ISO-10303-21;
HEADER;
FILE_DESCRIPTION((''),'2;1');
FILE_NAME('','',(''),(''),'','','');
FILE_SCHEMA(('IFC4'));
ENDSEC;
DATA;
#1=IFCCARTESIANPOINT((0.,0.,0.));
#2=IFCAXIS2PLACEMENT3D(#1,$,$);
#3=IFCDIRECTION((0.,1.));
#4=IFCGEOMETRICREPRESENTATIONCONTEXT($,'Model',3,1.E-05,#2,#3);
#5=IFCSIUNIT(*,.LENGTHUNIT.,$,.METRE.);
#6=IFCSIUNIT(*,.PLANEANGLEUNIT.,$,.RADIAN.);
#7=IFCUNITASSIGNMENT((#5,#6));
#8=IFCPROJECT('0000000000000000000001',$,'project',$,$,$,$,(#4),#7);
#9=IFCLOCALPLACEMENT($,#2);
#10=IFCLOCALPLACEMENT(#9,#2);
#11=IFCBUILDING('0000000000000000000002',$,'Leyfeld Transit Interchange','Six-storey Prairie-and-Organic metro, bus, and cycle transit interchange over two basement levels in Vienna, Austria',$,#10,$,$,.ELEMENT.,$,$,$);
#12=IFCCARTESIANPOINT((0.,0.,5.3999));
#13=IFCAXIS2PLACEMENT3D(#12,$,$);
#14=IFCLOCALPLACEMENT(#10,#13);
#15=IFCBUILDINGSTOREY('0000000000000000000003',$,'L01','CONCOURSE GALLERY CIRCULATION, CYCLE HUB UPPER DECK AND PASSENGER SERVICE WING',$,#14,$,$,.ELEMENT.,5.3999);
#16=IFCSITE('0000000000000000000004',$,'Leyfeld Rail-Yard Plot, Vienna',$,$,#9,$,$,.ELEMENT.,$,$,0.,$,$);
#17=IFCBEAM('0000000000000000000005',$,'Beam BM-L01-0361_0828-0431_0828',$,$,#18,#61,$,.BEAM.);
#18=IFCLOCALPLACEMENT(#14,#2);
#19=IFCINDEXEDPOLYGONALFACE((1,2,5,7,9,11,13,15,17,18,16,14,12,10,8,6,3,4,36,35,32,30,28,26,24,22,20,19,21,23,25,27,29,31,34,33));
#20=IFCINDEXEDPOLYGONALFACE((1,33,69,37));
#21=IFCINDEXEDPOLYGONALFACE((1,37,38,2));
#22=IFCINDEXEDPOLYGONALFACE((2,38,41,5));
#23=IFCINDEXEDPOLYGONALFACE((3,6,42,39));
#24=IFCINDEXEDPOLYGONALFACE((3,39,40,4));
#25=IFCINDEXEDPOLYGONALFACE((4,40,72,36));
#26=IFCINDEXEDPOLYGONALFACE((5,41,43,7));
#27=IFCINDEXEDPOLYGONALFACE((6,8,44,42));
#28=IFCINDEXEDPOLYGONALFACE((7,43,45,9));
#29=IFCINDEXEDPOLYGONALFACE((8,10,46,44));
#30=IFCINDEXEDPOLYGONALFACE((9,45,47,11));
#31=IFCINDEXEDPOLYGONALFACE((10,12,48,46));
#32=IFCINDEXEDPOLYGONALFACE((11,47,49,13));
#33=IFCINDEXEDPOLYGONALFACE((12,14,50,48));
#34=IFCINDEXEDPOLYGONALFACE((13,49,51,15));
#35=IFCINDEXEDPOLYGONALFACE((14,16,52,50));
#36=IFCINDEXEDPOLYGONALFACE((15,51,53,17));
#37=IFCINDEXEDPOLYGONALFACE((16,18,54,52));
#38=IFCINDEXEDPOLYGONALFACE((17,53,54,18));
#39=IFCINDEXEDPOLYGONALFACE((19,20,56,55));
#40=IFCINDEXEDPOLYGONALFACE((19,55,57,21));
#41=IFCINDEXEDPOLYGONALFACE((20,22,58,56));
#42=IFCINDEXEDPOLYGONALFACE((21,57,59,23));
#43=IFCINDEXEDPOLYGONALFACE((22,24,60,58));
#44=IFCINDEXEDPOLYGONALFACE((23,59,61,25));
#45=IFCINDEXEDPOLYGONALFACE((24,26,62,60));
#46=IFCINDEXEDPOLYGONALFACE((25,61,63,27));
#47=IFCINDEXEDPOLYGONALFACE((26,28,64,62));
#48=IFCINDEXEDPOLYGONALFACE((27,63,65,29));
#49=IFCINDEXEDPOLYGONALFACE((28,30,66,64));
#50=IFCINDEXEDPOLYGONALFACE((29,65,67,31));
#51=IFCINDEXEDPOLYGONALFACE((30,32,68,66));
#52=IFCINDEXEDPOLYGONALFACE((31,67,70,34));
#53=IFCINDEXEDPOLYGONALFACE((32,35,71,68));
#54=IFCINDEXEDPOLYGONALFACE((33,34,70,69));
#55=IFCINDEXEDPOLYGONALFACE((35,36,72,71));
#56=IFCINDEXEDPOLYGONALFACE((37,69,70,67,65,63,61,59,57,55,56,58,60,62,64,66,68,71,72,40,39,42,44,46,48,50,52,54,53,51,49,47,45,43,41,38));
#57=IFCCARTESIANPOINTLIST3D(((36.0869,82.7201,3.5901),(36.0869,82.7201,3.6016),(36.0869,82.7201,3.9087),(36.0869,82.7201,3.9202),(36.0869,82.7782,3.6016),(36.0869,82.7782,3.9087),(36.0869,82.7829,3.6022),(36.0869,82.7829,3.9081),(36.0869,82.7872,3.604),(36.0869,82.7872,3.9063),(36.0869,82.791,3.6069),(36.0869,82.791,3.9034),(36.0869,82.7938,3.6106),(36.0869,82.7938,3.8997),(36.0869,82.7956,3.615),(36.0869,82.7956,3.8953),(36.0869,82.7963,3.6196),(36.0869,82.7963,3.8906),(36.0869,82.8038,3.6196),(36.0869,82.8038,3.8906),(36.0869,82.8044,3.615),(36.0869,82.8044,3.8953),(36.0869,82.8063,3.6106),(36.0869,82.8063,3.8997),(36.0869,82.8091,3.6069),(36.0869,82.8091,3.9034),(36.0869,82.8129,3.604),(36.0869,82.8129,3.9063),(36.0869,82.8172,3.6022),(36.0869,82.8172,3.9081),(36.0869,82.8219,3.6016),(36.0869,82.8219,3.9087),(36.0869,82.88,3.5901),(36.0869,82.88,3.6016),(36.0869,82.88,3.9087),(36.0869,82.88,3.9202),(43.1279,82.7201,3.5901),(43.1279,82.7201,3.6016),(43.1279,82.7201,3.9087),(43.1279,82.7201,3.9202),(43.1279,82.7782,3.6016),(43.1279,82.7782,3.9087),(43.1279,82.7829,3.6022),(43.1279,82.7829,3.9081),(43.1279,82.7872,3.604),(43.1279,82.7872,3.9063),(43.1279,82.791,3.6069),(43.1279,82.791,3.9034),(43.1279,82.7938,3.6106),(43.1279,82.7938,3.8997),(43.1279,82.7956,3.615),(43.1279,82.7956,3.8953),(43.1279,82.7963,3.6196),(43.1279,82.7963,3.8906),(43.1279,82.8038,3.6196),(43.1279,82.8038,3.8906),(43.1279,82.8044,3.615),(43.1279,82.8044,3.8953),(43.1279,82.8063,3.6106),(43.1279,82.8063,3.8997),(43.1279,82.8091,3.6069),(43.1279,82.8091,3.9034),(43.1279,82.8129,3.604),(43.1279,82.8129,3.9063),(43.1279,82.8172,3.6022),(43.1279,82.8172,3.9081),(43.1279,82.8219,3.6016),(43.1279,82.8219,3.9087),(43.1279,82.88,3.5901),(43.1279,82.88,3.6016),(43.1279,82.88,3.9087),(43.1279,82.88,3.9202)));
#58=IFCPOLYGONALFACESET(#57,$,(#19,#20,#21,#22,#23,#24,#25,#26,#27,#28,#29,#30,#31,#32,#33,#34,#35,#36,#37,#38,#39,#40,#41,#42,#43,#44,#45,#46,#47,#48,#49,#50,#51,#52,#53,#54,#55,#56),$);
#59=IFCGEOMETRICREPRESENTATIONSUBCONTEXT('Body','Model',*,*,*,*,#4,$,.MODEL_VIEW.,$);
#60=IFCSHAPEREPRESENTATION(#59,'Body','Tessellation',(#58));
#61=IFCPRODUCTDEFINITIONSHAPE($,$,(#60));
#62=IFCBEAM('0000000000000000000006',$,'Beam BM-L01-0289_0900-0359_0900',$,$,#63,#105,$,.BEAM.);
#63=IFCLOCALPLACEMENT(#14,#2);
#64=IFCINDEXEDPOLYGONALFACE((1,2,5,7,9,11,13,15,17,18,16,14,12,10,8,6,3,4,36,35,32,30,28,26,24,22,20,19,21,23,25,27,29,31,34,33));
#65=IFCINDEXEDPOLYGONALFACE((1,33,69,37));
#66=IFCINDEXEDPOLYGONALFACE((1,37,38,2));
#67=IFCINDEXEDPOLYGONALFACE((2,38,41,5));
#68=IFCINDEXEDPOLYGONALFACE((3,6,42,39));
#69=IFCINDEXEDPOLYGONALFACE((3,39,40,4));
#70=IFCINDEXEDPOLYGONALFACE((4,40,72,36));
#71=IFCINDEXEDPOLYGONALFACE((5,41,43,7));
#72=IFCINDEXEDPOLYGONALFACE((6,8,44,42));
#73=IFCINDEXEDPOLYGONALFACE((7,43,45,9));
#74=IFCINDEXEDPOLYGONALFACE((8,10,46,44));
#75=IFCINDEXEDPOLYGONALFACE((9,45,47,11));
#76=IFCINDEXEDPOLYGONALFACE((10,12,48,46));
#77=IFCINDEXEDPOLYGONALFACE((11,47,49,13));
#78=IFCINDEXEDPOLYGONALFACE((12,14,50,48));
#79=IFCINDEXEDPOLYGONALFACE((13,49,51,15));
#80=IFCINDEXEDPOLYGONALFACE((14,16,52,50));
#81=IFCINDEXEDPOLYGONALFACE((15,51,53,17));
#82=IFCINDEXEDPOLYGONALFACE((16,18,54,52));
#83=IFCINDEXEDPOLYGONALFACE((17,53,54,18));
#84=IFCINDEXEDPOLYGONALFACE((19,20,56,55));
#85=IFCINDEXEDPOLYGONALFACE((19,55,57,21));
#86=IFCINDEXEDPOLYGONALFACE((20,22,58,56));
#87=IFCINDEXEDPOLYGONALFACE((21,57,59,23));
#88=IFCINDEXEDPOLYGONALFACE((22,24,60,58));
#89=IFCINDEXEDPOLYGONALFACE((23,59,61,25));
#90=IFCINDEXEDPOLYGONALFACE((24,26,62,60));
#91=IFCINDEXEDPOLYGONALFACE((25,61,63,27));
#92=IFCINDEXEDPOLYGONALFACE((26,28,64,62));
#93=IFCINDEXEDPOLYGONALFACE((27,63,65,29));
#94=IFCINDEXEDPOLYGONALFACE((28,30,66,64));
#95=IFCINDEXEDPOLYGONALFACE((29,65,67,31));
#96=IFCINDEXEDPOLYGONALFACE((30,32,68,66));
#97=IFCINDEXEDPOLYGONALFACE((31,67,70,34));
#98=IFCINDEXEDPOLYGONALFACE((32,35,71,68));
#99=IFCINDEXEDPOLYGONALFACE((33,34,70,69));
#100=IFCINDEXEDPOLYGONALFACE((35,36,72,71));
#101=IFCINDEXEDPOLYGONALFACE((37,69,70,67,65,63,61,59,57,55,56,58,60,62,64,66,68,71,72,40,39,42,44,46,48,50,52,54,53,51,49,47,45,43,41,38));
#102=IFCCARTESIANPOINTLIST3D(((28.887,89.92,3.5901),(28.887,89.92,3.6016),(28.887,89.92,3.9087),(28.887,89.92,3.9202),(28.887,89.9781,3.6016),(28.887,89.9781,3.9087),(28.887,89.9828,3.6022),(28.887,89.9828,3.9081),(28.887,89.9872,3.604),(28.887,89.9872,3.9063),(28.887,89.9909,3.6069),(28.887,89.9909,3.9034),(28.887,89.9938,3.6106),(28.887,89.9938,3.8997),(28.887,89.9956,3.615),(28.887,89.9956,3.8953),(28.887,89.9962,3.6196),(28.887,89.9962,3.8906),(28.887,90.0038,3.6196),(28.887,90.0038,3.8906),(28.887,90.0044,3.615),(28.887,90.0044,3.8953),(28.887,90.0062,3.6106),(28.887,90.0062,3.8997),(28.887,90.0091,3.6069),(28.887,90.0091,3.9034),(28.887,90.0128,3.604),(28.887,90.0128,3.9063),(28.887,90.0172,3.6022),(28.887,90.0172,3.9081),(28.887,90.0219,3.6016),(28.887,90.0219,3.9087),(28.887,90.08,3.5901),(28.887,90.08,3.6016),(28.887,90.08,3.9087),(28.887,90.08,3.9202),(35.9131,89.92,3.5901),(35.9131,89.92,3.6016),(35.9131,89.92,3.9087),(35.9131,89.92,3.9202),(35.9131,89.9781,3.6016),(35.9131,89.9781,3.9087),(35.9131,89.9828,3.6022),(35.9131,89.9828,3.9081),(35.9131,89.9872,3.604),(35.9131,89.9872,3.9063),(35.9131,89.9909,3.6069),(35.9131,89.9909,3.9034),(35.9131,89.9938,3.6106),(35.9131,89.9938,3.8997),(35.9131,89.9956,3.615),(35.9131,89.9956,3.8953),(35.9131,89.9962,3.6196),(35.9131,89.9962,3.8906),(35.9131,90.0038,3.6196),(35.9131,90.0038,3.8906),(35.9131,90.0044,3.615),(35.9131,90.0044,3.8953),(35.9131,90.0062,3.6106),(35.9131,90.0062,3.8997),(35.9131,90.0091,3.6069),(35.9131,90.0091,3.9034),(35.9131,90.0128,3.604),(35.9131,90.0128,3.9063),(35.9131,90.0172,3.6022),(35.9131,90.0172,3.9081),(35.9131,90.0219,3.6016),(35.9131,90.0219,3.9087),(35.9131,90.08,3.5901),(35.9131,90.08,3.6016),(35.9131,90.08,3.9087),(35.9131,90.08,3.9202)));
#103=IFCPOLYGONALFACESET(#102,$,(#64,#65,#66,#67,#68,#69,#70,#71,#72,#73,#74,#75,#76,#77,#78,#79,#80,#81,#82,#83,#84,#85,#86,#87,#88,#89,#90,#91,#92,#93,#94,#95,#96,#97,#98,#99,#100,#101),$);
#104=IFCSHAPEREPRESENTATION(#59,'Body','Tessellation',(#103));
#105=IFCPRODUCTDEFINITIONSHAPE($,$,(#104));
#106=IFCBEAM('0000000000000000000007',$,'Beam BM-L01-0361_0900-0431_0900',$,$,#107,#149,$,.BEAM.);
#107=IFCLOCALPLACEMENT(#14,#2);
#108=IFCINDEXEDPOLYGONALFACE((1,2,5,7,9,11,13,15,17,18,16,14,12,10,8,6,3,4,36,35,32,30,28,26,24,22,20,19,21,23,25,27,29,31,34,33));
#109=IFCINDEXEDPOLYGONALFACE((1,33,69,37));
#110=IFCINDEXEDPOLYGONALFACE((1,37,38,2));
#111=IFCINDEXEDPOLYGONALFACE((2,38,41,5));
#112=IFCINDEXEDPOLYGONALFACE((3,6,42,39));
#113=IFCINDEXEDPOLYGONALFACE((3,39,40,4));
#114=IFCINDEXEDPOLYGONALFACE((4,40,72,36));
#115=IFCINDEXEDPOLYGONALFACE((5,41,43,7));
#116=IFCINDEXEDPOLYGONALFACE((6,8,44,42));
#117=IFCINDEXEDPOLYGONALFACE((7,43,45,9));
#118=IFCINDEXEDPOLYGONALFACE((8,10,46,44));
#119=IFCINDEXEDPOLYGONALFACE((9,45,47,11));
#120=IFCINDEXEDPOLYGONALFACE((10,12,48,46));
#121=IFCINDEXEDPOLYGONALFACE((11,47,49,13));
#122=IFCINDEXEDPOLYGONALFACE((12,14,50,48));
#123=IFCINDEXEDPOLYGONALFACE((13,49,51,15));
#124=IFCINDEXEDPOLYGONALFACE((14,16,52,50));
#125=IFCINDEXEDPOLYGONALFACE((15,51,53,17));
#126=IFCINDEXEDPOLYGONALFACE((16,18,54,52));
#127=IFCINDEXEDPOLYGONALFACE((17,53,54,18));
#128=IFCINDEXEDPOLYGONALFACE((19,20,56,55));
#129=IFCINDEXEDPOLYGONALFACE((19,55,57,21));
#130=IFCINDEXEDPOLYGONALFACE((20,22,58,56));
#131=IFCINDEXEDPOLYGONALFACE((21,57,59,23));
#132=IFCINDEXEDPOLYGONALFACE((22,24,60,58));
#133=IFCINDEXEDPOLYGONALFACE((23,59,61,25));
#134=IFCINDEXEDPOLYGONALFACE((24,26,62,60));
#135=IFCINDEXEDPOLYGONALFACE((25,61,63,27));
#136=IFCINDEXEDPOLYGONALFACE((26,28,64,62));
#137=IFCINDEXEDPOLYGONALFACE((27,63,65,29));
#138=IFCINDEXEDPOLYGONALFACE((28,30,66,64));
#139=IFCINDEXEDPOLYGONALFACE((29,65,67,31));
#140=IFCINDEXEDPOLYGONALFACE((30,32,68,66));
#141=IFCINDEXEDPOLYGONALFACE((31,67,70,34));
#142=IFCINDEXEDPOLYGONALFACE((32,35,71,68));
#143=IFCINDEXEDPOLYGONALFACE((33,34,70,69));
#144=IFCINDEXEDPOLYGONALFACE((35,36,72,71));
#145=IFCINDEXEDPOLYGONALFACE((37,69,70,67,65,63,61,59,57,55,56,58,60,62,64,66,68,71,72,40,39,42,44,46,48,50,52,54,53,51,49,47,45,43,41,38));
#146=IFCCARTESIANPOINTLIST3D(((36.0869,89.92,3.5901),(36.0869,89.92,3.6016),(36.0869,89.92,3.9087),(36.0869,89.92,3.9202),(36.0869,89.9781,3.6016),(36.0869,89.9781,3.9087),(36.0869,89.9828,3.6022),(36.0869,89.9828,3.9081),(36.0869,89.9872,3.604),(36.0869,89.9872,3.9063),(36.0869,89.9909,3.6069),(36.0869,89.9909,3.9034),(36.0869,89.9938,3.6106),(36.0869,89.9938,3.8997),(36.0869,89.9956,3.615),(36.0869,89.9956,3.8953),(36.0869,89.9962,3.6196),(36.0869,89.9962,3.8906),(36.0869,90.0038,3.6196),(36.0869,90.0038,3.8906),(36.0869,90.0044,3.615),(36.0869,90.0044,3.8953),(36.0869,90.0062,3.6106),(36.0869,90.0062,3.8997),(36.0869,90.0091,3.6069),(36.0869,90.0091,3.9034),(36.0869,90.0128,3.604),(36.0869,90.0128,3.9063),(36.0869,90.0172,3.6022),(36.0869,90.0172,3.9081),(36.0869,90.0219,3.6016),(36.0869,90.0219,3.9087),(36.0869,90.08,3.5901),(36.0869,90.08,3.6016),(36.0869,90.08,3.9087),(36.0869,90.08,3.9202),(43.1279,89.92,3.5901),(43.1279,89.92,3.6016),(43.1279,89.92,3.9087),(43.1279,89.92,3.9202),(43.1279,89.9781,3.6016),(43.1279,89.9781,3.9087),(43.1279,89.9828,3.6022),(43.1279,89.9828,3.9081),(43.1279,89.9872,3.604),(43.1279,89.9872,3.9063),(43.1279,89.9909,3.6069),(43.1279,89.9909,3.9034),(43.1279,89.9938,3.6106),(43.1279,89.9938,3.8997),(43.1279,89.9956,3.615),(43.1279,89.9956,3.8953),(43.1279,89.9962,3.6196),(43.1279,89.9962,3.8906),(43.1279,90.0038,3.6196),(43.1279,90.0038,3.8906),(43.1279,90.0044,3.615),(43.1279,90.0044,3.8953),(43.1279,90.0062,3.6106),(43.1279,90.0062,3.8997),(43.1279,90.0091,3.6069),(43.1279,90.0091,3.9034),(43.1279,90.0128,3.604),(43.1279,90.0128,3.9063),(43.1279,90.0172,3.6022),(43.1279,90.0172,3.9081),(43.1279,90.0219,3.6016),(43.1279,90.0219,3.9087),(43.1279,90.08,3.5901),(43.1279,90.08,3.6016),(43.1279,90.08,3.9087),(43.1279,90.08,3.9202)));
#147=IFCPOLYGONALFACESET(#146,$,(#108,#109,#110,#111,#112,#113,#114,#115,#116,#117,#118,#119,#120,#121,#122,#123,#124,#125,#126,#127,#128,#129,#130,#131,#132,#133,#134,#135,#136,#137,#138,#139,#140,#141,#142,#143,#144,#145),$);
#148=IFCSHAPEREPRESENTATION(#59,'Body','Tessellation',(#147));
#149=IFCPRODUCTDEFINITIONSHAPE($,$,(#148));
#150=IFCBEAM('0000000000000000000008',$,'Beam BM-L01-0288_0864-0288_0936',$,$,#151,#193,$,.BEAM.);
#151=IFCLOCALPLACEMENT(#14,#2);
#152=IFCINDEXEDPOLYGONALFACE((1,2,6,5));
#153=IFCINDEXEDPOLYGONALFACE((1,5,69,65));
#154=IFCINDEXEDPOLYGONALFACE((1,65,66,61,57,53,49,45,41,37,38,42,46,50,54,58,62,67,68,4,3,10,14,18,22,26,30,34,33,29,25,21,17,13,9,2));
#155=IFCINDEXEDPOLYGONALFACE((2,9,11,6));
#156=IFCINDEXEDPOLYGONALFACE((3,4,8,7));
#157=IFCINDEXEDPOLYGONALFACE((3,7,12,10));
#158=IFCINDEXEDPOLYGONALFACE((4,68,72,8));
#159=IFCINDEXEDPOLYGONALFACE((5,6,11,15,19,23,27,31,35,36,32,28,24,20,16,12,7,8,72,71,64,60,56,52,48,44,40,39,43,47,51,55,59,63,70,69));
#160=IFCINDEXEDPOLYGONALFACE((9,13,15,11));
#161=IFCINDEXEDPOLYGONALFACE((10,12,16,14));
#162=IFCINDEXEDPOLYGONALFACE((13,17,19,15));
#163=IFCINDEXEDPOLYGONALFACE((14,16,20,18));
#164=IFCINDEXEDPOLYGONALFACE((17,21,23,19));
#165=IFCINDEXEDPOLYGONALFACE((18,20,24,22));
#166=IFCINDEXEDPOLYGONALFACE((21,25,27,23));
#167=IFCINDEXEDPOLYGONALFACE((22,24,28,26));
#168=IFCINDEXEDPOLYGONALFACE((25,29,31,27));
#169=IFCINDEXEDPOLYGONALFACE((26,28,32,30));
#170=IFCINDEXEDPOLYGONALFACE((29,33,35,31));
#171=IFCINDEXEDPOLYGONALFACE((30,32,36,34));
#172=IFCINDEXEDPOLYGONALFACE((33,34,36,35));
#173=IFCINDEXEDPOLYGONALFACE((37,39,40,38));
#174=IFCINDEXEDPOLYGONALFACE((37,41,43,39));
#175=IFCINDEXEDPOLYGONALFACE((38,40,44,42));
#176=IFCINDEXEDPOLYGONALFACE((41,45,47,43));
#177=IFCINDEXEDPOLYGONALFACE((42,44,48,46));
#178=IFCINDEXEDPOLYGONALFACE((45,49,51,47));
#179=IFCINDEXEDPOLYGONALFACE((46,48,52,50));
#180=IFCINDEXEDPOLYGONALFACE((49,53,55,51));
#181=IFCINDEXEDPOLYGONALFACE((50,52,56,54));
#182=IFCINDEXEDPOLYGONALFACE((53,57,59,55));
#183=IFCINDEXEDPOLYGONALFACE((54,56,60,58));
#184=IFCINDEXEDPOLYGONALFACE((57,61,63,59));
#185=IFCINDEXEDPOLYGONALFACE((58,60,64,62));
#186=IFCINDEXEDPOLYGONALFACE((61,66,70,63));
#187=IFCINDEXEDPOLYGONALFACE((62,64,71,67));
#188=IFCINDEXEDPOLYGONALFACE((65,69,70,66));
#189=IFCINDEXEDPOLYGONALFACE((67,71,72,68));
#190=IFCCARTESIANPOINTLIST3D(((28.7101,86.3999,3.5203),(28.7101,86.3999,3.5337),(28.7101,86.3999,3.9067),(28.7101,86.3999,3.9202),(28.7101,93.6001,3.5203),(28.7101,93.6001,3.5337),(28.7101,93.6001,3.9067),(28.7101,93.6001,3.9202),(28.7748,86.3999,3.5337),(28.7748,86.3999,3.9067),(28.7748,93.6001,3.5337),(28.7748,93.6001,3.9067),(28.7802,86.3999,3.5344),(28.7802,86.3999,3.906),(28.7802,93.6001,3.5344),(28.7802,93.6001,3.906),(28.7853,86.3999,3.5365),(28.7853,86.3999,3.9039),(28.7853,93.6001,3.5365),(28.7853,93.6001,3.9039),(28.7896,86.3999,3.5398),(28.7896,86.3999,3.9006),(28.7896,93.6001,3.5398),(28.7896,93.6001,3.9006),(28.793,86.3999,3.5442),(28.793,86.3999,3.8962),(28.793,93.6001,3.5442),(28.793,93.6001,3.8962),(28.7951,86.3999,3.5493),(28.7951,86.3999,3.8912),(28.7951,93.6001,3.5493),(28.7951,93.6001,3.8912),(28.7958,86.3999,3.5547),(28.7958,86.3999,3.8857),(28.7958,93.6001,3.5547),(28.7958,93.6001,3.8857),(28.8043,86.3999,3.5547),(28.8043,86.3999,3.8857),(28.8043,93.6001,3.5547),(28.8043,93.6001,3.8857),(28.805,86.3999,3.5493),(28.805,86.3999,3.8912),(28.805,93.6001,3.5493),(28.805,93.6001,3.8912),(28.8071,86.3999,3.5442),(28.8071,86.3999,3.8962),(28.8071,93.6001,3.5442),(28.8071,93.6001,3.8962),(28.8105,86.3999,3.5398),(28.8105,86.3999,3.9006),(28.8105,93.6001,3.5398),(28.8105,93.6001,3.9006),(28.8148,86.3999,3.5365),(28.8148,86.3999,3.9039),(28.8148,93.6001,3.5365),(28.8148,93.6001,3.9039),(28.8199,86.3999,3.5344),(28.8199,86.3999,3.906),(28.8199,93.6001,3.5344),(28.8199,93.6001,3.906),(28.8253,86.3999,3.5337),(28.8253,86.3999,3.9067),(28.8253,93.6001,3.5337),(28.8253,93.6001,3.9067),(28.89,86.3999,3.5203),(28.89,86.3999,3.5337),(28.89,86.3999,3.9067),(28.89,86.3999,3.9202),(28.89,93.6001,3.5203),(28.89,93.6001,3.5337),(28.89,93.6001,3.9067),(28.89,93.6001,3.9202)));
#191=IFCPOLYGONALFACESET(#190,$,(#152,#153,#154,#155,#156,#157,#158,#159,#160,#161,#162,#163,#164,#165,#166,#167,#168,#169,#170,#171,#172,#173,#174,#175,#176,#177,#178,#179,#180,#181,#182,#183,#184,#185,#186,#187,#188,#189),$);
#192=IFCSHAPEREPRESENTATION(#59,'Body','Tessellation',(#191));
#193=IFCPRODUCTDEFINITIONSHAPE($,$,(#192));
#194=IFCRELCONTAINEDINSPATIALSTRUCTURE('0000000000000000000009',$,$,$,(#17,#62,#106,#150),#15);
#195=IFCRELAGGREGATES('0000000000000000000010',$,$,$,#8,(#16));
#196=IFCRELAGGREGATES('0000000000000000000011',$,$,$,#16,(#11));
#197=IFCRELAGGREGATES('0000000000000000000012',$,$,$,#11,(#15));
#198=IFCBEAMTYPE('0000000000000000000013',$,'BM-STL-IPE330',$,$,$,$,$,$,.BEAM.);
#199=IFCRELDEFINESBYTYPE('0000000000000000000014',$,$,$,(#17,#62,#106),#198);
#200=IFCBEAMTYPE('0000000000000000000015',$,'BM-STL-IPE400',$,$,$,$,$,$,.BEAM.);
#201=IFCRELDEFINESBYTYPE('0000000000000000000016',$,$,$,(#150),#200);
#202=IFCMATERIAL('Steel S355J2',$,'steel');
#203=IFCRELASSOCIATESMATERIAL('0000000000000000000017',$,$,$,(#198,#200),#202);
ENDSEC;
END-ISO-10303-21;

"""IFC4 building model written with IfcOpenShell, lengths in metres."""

from ifc_helpers import new_model, si_unit, direction, frame, origin, origin_2d, place, context, subcontext, project, spatial, i_section, extrude, material, material_profile, profile_set, type_object, element, save


model = new_model("IFC4")

# Units and contexts
model_context = context("Model", 3, precision=1e-05, world=origin(), true_north=direction((0.0, 1.0)))
body_context = subcontext(model_context, "Body", "Model", "MODEL_VIEW")
ifc_project = project(units=[si_unit("LENGTHUNIT", "METRE"), si_unit("PLANEANGLEUNIT", "RADIAN")], contexts=[model_context])

# Site, building, storey
site_placement = place(None, origin())
site = spatial("IfcSite", under=ifc_project, at=site_placement, Name="Leyfeld Rail-Yard Plot, Vienna", CompositionType="ELEMENT", RefElevation=0.0)
building_placement = place(site_placement, origin())
building = spatial("IfcBuilding", under=site, at=building_placement, Name="Leyfeld Transit Interchange", Description="Six-storey Prairie-and-Organic metro, bus, and cycle transit interchange over two basement levels in Vienna, Austria", CompositionType="ELEMENT")
storey_placement = place(building_placement, frame((0.0, 0.0, 5.3999)))
storey = spatial("IfcBuildingStorey", under=building, at=storey_placement, Name="L01", Description="CONCOURSE GALLERY CIRCULATION, CYCLE HUB UPPER DECK AND PASSENGER SERVICE WING", CompositionType="ELEMENT", Elevation=5.3999)

# Beams
ifc_material_1 = material(Name="Steel S355J2", Category="steel")
ifc_material_profile_1 = material_profile(ifc_material_1, i_section(OverallWidth=0.1599, OverallDepth=0.3301, WebThickness=0.0076, FlangeThickness=0.0115, FilletRadius=0.0181, at=origin_2d()), Name="IPE 330")
ifc_profile_set_1 = profile_set([ifc_material_profile_1], Name="Steel S355J2")
beam_type_1 = type_object("IfcBeamType", Name="BM-STL-IPE330", PredefinedType="BEAM", material=ifc_profile_set_1)
beam_1_placement = place(storey_placement, frame((36.0869, 82.8, 3.7551), z_axis=(1.0, 0.0, 0.0), x_axis=(0.0, 1.0, 0.0)))
element("IfcBeam", 1, at=beam_1_placement, inside=storey, type_object=beam_type_1, Name="Beam BM-L01-0361_0828-0431_0828", PredefinedType="BEAM", context=body_context, shape_type="SweptSolid", body=[
    extrude(i_section(OverallWidth=0.1599, OverallDepth=0.3301, WebThickness=0.0076, FlangeThickness=0.0115, FilletRadius=0.0181, at=origin_2d()), origin(), (0.0, 0.0, 1.0), 7.041),
])
beam_2_placement = place(storey_placement, frame((28.887, 90.0, 3.7551), z_axis=(1.0, 0.0, 0.0), x_axis=(0.0, 1.0, 0.0)))
element("IfcBeam", 2, at=beam_2_placement, inside=storey, type_object=beam_type_1, Name="Beam BM-L01-0289_0900-0359_0900", PredefinedType="BEAM", context=body_context, shape_type="SweptSolid", body=[
    extrude(i_section(OverallWidth=0.1599, OverallDepth=0.3301, WebThickness=0.0076, FlangeThickness=0.0115, FilletRadius=0.0181, at=origin_2d()), origin(), (0.0, 0.0, 1.0), 7.0261),
])
beam_3_placement = place(storey_placement, frame((36.0869, 90.0, 3.7551), z_axis=(1.0, 0.0, 0.0), x_axis=(0.0, 1.0, 0.0)))
element("IfcBeam", 3, at=beam_3_placement, inside=storey, type_object=beam_type_1, Name="Beam BM-L01-0361_0900-0431_0900", PredefinedType="BEAM", context=body_context, shape_type="SweptSolid", body=[
    extrude(i_section(OverallWidth=0.1599, OverallDepth=0.3301, WebThickness=0.0076, FlangeThickness=0.0115, FilletRadius=0.0181, at=origin_2d()), origin(), (0.0, 0.0, 1.0), 7.041),
])
ifc_material_profile_2 = material_profile(ifc_material_1, i_section(OverallWidth=0.1799, OverallDepth=0.3999, WebThickness=0.0085, FlangeThickness=0.0134, FilletRadius=0.021, at=origin_2d()), Name="IPE 400")
ifc_profile_set_2 = profile_set([ifc_material_profile_2], Name="Steel S355J2")
beam_type_2 = type_object("IfcBeamType", Name="BM-STL-IPE400", PredefinedType="BEAM", material=ifc_profile_set_2)
for number, where, z_axis, x_axis, name in (
    (4, (28.8, 86.3999, 3.7202), (0.0, 1.0, 0.0), (-1.0, 0.0, 0.0), "Beam BM-L01-0288_0864-0288_0936"),
):
    element("IfcBeam", number, at=place(storey_placement, frame(where, z_axis=z_axis, x_axis=x_axis)), inside=storey, type_object=beam_type_2, Name=name, PredefinedType="BEAM", context=body_context, shape_type="SweptSolid", body=[
        extrude(i_section(OverallWidth=0.1799, OverallDepth=0.3999, WebThickness=0.0085, FlangeThickness=0.0134, FilletRadius=0.021, at=origin_2d()), origin(), (0.0, 0.0, 1.0), 7.2002),
    ])

save(model, "model.ifc")
